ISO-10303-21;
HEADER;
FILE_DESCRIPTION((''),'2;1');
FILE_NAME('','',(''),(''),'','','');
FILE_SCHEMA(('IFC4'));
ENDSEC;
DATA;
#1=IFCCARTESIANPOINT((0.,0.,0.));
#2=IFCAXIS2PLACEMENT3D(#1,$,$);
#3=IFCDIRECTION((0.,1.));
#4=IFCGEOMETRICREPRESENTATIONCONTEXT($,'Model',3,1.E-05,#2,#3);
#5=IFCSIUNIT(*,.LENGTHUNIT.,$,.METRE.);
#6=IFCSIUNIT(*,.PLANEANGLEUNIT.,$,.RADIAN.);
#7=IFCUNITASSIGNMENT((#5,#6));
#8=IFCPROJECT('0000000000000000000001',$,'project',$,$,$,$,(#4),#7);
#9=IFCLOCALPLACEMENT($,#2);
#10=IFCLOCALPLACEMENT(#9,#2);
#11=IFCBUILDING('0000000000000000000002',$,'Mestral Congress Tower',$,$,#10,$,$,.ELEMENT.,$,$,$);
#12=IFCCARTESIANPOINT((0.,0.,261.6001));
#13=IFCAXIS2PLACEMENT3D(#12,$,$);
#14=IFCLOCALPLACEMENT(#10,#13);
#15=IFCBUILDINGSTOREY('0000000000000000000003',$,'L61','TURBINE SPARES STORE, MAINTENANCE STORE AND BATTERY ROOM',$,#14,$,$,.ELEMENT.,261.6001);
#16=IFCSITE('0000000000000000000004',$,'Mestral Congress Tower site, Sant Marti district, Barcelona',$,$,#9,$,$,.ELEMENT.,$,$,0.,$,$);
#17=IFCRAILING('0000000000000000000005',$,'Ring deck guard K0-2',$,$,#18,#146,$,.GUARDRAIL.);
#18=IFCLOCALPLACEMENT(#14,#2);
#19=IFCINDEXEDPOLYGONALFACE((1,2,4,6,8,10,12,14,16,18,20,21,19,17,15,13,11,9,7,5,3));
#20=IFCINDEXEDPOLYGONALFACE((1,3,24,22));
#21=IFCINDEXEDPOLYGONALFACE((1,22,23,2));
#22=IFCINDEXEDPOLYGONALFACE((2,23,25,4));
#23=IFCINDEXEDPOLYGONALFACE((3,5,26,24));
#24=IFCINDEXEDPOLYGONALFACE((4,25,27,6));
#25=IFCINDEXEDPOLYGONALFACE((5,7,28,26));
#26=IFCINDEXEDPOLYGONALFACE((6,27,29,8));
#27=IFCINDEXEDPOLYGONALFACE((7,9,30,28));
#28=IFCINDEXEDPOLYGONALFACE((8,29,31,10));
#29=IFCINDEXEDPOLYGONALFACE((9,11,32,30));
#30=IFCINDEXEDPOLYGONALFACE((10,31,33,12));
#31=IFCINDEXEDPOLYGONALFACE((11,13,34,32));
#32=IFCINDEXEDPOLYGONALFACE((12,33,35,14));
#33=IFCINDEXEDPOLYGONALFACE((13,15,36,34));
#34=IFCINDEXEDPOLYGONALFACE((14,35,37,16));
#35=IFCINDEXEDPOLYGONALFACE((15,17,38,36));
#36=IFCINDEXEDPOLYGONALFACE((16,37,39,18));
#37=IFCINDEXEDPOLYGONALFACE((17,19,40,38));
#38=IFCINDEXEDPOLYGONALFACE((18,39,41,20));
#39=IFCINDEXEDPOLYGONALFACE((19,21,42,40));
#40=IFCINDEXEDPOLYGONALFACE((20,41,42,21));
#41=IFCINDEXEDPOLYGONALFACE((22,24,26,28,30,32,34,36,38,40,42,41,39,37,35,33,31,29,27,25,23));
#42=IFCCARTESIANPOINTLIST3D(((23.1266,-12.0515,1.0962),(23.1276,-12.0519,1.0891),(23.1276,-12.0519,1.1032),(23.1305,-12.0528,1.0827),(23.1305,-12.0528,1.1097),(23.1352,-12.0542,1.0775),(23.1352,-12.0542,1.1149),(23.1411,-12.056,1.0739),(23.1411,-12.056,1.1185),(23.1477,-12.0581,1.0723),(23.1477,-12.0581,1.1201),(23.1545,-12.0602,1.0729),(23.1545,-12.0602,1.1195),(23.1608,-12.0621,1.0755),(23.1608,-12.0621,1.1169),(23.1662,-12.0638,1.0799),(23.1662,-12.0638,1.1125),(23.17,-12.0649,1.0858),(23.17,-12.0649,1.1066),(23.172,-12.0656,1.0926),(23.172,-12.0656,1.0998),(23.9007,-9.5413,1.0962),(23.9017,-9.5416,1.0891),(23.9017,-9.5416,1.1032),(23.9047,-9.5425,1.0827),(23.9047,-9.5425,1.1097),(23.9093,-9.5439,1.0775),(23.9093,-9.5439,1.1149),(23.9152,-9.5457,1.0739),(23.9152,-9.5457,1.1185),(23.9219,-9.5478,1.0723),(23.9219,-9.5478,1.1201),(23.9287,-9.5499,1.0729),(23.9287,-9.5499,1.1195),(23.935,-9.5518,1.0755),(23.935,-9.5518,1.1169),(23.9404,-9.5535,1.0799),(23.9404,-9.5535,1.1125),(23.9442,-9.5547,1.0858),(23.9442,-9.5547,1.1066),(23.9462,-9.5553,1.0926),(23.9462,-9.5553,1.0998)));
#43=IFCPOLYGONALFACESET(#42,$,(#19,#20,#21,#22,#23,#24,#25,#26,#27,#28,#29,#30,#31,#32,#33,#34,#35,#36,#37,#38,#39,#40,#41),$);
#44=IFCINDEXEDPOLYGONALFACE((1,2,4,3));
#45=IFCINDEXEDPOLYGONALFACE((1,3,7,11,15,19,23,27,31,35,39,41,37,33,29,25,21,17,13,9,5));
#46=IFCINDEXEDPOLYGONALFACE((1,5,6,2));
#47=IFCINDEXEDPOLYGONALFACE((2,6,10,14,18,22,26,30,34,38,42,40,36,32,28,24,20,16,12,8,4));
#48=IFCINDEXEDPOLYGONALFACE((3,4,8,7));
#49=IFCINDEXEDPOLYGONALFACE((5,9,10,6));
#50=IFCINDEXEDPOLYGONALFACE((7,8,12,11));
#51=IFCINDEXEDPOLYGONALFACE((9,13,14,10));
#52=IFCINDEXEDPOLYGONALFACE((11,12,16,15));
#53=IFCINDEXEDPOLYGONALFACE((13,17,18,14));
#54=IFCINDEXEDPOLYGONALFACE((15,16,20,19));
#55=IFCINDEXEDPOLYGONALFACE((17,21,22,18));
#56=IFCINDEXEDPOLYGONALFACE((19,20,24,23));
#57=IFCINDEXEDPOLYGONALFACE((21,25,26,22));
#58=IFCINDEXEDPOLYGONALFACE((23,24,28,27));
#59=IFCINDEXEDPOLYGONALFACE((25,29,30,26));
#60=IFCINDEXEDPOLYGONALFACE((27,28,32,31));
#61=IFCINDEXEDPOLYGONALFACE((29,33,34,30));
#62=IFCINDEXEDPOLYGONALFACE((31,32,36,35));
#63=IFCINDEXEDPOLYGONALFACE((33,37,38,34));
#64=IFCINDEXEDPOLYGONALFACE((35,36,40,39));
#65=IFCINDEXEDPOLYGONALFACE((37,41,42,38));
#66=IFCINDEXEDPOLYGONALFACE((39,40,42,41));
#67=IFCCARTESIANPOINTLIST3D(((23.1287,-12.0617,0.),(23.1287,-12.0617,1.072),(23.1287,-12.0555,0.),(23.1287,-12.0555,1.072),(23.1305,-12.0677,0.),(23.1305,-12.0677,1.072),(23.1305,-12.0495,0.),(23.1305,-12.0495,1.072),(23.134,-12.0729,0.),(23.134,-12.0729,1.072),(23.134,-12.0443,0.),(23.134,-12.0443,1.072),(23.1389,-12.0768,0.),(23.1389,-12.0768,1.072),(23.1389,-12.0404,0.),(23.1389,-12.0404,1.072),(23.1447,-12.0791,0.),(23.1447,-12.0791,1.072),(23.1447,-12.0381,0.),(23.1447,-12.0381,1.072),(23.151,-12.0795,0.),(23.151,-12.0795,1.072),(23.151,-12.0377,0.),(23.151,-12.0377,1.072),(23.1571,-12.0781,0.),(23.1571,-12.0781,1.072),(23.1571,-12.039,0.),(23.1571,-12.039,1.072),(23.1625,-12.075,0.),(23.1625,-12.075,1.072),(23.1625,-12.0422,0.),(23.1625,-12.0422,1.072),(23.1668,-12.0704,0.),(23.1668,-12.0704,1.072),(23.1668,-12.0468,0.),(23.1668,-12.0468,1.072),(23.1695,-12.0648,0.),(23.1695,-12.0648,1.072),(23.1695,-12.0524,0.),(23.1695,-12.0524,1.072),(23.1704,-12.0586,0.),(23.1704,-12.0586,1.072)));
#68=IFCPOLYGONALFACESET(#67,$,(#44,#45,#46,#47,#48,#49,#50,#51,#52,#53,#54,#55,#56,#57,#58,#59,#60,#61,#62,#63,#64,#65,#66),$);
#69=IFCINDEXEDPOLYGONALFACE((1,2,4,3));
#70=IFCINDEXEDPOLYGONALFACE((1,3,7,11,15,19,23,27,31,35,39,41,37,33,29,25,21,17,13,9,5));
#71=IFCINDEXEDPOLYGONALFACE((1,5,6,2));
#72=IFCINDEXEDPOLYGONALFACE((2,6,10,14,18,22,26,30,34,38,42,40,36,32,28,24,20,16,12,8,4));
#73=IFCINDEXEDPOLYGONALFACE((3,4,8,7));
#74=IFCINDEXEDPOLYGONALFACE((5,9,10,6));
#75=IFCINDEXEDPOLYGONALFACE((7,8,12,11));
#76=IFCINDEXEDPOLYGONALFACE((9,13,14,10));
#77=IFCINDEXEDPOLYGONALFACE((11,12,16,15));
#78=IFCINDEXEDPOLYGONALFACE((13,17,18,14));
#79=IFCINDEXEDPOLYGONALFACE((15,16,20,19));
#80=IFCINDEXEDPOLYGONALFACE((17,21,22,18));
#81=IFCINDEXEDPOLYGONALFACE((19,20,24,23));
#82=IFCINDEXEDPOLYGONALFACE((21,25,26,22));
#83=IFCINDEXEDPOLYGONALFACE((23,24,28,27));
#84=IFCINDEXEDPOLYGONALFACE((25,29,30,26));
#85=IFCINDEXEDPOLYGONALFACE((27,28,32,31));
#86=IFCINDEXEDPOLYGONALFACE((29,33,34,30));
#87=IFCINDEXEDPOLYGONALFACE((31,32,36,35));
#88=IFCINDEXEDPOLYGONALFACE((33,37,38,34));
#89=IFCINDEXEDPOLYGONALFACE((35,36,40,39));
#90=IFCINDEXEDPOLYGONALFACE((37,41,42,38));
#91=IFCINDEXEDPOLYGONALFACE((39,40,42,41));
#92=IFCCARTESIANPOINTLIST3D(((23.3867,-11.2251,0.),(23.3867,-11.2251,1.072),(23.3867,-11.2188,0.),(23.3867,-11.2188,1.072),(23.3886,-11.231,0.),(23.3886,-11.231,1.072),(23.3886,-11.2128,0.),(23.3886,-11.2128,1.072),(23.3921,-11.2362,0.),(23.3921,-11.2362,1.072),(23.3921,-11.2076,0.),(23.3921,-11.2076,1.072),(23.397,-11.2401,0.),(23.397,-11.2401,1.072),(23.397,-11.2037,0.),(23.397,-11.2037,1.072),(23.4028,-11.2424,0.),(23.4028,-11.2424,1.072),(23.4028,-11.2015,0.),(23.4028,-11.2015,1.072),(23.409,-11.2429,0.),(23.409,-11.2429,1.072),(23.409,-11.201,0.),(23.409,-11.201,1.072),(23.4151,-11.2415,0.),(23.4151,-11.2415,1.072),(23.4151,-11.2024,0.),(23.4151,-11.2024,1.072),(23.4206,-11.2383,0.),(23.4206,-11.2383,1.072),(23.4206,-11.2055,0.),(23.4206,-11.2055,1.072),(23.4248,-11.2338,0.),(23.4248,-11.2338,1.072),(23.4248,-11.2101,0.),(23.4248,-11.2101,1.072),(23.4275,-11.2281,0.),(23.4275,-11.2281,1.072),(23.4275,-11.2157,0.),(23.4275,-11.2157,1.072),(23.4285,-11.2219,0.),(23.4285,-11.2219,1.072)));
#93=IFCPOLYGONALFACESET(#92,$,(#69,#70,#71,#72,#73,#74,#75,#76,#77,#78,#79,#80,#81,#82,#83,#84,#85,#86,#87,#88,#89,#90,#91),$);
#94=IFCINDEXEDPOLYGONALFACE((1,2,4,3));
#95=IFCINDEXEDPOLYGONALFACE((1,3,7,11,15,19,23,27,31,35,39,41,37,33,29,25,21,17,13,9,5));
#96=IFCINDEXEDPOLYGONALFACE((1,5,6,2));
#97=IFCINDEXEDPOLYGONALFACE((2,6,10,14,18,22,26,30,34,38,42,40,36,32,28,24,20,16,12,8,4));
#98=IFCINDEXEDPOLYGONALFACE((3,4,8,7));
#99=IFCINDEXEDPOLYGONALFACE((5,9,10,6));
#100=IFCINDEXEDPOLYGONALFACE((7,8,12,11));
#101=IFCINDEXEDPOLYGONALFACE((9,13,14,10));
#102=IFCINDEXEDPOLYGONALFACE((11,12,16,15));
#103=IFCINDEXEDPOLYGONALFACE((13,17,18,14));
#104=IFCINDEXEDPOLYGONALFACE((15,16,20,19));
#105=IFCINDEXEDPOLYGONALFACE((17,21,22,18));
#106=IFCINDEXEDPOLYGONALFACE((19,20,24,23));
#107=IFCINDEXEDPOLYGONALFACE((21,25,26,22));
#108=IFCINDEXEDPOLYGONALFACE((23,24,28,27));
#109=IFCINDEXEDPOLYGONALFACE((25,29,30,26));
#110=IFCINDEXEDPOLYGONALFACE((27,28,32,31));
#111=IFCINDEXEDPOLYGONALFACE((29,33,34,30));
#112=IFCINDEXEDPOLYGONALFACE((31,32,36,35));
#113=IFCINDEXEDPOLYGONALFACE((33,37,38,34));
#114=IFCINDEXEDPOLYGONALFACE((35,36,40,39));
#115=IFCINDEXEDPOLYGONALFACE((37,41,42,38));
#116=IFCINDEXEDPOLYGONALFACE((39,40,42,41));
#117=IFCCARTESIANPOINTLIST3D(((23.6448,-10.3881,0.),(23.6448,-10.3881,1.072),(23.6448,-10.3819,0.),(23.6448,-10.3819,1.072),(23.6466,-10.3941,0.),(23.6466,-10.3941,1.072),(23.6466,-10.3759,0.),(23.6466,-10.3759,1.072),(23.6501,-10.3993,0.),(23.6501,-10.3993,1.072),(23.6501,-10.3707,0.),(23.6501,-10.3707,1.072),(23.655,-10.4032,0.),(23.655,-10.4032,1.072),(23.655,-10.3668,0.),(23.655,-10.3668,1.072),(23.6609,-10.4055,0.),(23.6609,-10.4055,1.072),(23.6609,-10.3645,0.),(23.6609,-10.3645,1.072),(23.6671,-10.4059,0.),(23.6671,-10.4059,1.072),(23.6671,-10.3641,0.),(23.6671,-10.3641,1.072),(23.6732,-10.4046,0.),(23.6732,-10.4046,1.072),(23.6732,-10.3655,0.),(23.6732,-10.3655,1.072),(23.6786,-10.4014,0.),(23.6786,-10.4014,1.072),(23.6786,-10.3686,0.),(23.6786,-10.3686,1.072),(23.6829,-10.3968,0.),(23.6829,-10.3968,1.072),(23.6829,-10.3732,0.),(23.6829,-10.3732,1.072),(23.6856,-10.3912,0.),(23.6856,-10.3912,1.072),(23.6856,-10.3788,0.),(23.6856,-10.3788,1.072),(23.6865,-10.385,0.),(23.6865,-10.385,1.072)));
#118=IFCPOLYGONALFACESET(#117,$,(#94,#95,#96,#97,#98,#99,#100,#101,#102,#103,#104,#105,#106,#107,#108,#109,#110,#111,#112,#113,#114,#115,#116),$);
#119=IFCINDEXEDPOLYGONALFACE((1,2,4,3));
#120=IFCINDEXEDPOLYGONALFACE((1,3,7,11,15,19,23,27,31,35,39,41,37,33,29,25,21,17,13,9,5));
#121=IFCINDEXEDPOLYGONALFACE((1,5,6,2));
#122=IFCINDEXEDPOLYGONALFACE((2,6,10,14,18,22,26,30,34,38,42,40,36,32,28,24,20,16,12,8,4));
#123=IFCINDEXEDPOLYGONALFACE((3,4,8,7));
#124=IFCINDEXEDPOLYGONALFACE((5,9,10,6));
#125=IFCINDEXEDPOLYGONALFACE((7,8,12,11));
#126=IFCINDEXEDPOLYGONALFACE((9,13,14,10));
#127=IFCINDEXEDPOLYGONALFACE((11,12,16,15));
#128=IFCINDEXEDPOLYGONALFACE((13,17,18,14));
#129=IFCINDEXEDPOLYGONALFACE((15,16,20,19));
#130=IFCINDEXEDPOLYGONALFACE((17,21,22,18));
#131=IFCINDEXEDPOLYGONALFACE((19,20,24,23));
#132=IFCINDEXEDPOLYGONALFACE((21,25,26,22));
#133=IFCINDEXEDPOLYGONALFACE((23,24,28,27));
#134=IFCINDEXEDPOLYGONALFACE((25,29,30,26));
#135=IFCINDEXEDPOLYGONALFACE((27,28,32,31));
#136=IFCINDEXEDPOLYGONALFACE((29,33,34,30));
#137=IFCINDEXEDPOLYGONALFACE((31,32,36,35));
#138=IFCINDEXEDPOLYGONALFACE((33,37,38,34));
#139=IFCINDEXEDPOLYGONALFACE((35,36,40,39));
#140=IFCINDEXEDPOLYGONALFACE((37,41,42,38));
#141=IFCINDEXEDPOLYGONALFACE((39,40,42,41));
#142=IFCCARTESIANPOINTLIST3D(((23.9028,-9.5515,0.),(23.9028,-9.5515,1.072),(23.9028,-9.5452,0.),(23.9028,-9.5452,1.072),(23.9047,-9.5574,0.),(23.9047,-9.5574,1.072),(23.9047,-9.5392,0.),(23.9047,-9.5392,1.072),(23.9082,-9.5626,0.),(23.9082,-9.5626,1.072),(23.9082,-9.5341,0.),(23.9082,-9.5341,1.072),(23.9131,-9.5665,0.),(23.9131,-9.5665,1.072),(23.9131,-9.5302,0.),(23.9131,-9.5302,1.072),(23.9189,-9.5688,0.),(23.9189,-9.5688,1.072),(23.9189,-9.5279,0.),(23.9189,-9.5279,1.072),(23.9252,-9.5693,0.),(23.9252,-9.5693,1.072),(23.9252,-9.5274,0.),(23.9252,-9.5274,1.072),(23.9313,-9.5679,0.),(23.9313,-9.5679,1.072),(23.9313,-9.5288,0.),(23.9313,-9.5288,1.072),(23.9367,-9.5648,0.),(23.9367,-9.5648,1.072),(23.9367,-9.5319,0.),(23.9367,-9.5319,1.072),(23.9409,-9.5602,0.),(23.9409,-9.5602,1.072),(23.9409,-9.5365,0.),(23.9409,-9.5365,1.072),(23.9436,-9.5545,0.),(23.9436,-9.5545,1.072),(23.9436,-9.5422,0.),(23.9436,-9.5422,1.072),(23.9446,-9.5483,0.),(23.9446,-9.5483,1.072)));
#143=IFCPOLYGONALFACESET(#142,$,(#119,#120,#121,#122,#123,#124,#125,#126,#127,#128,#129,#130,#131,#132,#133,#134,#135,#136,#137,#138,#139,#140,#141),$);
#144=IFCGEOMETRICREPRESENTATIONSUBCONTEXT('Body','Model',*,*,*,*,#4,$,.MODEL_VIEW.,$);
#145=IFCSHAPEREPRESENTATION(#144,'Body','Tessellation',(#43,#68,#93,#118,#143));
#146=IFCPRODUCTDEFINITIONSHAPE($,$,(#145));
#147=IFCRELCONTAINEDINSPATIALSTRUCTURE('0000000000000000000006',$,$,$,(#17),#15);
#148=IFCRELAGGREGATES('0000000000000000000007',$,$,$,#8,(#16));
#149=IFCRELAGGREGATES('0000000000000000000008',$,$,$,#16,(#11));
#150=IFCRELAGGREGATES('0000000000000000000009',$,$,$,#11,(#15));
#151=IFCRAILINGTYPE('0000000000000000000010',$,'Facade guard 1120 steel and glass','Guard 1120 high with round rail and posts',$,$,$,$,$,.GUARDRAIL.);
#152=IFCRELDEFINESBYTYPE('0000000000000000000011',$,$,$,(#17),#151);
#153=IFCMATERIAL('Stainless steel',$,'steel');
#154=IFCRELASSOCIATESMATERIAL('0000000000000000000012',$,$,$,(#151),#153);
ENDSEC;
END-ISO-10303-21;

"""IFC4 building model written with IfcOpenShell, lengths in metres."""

from ifc_helpers import new_model, si_unit, direction, frame, origin, origin_2d, place, context, subcontext, project, spatial, circle, extrude, material, type_object, element, save


model = new_model("IFC4")

# Units and contexts
model_context = context("Model", 3, precision=1e-05, world=origin(), true_north=direction((0.0, 1.0)))
body_context = subcontext(model_context, "Body", "Model", "MODEL_VIEW")
ifc_project = project(units=[si_unit("LENGTHUNIT", "METRE"), si_unit("PLANEANGLEUNIT", "RADIAN")], contexts=[model_context])

# Site, building, storey
site_placement = place(None, origin())
site = spatial("IfcSite", under=ifc_project, at=site_placement, Name="Mestral Congress Tower site, Sant Marti district, Barcelona", CompositionType="ELEMENT", RefElevation=0.0)
building_placement = place(site_placement, origin())
building = spatial("IfcBuilding", under=site, at=building_placement, Name="Mestral Congress Tower", CompositionType="ELEMENT")
storey_placement = place(building_placement, frame((0.0, 0.0, 261.6001)))
storey = spatial("IfcBuildingStorey", under=building, at=storey_placement, Name="L61", Description="TURBINE SPARES STORE, MAINTENANCE STORE AND BATTERY ROOM", CompositionType="ELEMENT", Elevation=261.6001)

# Railing
ifc_material_1 = material(Name="Stainless steel", Category="steel")
railing_type = type_object("IfcRailingType", Name="Facade guard 1120 steel and glass", Description="Guard 1120 high with round rail and posts", PredefinedType="GUARDRAIL", material=ifc_material_1)
railing_1_placement = place(storey_placement, frame((23.1494, -12.0586, 0.0)))
element("IfcRailing", 1, at=railing_1_placement, inside=storey, type_object=railing_type, Name="Ring deck guard K0-2", PredefinedType="GUARDRAIL", context=body_context, shape_type="SweptSolid", body=[
    extrude(circle(Radius=0.0239, at=origin_2d()), frame((0.0, 0.0, 1.0962), z_axis=(0.294706, 0.955588, 0.0), x_axis=(-0.955588, 0.294706, 0.0)), (0.0, 0.0, 1.0), 2.627),
    extrude(circle(Radius=0.021, at=origin_2d()), origin(), (0.0, 0.0, 1.0), 1.072),
    extrude(circle(Radius=0.021, at=origin_2d()), frame((0.2581, 0.8367, 0.0)), (0.0, 0.0, 1.0), 1.072),
    extrude(circle(Radius=0.021, at=origin_2d()), frame((0.5161, 1.6736, 0.0)), (0.0, 0.0, 1.0), 1.072),
    extrude(circle(Radius=0.021, at=origin_2d()), frame((0.7742, 2.5103, 0.0)), (0.0, 0.0, 1.0), 1.072),
])

save(model, "model.ifc")
